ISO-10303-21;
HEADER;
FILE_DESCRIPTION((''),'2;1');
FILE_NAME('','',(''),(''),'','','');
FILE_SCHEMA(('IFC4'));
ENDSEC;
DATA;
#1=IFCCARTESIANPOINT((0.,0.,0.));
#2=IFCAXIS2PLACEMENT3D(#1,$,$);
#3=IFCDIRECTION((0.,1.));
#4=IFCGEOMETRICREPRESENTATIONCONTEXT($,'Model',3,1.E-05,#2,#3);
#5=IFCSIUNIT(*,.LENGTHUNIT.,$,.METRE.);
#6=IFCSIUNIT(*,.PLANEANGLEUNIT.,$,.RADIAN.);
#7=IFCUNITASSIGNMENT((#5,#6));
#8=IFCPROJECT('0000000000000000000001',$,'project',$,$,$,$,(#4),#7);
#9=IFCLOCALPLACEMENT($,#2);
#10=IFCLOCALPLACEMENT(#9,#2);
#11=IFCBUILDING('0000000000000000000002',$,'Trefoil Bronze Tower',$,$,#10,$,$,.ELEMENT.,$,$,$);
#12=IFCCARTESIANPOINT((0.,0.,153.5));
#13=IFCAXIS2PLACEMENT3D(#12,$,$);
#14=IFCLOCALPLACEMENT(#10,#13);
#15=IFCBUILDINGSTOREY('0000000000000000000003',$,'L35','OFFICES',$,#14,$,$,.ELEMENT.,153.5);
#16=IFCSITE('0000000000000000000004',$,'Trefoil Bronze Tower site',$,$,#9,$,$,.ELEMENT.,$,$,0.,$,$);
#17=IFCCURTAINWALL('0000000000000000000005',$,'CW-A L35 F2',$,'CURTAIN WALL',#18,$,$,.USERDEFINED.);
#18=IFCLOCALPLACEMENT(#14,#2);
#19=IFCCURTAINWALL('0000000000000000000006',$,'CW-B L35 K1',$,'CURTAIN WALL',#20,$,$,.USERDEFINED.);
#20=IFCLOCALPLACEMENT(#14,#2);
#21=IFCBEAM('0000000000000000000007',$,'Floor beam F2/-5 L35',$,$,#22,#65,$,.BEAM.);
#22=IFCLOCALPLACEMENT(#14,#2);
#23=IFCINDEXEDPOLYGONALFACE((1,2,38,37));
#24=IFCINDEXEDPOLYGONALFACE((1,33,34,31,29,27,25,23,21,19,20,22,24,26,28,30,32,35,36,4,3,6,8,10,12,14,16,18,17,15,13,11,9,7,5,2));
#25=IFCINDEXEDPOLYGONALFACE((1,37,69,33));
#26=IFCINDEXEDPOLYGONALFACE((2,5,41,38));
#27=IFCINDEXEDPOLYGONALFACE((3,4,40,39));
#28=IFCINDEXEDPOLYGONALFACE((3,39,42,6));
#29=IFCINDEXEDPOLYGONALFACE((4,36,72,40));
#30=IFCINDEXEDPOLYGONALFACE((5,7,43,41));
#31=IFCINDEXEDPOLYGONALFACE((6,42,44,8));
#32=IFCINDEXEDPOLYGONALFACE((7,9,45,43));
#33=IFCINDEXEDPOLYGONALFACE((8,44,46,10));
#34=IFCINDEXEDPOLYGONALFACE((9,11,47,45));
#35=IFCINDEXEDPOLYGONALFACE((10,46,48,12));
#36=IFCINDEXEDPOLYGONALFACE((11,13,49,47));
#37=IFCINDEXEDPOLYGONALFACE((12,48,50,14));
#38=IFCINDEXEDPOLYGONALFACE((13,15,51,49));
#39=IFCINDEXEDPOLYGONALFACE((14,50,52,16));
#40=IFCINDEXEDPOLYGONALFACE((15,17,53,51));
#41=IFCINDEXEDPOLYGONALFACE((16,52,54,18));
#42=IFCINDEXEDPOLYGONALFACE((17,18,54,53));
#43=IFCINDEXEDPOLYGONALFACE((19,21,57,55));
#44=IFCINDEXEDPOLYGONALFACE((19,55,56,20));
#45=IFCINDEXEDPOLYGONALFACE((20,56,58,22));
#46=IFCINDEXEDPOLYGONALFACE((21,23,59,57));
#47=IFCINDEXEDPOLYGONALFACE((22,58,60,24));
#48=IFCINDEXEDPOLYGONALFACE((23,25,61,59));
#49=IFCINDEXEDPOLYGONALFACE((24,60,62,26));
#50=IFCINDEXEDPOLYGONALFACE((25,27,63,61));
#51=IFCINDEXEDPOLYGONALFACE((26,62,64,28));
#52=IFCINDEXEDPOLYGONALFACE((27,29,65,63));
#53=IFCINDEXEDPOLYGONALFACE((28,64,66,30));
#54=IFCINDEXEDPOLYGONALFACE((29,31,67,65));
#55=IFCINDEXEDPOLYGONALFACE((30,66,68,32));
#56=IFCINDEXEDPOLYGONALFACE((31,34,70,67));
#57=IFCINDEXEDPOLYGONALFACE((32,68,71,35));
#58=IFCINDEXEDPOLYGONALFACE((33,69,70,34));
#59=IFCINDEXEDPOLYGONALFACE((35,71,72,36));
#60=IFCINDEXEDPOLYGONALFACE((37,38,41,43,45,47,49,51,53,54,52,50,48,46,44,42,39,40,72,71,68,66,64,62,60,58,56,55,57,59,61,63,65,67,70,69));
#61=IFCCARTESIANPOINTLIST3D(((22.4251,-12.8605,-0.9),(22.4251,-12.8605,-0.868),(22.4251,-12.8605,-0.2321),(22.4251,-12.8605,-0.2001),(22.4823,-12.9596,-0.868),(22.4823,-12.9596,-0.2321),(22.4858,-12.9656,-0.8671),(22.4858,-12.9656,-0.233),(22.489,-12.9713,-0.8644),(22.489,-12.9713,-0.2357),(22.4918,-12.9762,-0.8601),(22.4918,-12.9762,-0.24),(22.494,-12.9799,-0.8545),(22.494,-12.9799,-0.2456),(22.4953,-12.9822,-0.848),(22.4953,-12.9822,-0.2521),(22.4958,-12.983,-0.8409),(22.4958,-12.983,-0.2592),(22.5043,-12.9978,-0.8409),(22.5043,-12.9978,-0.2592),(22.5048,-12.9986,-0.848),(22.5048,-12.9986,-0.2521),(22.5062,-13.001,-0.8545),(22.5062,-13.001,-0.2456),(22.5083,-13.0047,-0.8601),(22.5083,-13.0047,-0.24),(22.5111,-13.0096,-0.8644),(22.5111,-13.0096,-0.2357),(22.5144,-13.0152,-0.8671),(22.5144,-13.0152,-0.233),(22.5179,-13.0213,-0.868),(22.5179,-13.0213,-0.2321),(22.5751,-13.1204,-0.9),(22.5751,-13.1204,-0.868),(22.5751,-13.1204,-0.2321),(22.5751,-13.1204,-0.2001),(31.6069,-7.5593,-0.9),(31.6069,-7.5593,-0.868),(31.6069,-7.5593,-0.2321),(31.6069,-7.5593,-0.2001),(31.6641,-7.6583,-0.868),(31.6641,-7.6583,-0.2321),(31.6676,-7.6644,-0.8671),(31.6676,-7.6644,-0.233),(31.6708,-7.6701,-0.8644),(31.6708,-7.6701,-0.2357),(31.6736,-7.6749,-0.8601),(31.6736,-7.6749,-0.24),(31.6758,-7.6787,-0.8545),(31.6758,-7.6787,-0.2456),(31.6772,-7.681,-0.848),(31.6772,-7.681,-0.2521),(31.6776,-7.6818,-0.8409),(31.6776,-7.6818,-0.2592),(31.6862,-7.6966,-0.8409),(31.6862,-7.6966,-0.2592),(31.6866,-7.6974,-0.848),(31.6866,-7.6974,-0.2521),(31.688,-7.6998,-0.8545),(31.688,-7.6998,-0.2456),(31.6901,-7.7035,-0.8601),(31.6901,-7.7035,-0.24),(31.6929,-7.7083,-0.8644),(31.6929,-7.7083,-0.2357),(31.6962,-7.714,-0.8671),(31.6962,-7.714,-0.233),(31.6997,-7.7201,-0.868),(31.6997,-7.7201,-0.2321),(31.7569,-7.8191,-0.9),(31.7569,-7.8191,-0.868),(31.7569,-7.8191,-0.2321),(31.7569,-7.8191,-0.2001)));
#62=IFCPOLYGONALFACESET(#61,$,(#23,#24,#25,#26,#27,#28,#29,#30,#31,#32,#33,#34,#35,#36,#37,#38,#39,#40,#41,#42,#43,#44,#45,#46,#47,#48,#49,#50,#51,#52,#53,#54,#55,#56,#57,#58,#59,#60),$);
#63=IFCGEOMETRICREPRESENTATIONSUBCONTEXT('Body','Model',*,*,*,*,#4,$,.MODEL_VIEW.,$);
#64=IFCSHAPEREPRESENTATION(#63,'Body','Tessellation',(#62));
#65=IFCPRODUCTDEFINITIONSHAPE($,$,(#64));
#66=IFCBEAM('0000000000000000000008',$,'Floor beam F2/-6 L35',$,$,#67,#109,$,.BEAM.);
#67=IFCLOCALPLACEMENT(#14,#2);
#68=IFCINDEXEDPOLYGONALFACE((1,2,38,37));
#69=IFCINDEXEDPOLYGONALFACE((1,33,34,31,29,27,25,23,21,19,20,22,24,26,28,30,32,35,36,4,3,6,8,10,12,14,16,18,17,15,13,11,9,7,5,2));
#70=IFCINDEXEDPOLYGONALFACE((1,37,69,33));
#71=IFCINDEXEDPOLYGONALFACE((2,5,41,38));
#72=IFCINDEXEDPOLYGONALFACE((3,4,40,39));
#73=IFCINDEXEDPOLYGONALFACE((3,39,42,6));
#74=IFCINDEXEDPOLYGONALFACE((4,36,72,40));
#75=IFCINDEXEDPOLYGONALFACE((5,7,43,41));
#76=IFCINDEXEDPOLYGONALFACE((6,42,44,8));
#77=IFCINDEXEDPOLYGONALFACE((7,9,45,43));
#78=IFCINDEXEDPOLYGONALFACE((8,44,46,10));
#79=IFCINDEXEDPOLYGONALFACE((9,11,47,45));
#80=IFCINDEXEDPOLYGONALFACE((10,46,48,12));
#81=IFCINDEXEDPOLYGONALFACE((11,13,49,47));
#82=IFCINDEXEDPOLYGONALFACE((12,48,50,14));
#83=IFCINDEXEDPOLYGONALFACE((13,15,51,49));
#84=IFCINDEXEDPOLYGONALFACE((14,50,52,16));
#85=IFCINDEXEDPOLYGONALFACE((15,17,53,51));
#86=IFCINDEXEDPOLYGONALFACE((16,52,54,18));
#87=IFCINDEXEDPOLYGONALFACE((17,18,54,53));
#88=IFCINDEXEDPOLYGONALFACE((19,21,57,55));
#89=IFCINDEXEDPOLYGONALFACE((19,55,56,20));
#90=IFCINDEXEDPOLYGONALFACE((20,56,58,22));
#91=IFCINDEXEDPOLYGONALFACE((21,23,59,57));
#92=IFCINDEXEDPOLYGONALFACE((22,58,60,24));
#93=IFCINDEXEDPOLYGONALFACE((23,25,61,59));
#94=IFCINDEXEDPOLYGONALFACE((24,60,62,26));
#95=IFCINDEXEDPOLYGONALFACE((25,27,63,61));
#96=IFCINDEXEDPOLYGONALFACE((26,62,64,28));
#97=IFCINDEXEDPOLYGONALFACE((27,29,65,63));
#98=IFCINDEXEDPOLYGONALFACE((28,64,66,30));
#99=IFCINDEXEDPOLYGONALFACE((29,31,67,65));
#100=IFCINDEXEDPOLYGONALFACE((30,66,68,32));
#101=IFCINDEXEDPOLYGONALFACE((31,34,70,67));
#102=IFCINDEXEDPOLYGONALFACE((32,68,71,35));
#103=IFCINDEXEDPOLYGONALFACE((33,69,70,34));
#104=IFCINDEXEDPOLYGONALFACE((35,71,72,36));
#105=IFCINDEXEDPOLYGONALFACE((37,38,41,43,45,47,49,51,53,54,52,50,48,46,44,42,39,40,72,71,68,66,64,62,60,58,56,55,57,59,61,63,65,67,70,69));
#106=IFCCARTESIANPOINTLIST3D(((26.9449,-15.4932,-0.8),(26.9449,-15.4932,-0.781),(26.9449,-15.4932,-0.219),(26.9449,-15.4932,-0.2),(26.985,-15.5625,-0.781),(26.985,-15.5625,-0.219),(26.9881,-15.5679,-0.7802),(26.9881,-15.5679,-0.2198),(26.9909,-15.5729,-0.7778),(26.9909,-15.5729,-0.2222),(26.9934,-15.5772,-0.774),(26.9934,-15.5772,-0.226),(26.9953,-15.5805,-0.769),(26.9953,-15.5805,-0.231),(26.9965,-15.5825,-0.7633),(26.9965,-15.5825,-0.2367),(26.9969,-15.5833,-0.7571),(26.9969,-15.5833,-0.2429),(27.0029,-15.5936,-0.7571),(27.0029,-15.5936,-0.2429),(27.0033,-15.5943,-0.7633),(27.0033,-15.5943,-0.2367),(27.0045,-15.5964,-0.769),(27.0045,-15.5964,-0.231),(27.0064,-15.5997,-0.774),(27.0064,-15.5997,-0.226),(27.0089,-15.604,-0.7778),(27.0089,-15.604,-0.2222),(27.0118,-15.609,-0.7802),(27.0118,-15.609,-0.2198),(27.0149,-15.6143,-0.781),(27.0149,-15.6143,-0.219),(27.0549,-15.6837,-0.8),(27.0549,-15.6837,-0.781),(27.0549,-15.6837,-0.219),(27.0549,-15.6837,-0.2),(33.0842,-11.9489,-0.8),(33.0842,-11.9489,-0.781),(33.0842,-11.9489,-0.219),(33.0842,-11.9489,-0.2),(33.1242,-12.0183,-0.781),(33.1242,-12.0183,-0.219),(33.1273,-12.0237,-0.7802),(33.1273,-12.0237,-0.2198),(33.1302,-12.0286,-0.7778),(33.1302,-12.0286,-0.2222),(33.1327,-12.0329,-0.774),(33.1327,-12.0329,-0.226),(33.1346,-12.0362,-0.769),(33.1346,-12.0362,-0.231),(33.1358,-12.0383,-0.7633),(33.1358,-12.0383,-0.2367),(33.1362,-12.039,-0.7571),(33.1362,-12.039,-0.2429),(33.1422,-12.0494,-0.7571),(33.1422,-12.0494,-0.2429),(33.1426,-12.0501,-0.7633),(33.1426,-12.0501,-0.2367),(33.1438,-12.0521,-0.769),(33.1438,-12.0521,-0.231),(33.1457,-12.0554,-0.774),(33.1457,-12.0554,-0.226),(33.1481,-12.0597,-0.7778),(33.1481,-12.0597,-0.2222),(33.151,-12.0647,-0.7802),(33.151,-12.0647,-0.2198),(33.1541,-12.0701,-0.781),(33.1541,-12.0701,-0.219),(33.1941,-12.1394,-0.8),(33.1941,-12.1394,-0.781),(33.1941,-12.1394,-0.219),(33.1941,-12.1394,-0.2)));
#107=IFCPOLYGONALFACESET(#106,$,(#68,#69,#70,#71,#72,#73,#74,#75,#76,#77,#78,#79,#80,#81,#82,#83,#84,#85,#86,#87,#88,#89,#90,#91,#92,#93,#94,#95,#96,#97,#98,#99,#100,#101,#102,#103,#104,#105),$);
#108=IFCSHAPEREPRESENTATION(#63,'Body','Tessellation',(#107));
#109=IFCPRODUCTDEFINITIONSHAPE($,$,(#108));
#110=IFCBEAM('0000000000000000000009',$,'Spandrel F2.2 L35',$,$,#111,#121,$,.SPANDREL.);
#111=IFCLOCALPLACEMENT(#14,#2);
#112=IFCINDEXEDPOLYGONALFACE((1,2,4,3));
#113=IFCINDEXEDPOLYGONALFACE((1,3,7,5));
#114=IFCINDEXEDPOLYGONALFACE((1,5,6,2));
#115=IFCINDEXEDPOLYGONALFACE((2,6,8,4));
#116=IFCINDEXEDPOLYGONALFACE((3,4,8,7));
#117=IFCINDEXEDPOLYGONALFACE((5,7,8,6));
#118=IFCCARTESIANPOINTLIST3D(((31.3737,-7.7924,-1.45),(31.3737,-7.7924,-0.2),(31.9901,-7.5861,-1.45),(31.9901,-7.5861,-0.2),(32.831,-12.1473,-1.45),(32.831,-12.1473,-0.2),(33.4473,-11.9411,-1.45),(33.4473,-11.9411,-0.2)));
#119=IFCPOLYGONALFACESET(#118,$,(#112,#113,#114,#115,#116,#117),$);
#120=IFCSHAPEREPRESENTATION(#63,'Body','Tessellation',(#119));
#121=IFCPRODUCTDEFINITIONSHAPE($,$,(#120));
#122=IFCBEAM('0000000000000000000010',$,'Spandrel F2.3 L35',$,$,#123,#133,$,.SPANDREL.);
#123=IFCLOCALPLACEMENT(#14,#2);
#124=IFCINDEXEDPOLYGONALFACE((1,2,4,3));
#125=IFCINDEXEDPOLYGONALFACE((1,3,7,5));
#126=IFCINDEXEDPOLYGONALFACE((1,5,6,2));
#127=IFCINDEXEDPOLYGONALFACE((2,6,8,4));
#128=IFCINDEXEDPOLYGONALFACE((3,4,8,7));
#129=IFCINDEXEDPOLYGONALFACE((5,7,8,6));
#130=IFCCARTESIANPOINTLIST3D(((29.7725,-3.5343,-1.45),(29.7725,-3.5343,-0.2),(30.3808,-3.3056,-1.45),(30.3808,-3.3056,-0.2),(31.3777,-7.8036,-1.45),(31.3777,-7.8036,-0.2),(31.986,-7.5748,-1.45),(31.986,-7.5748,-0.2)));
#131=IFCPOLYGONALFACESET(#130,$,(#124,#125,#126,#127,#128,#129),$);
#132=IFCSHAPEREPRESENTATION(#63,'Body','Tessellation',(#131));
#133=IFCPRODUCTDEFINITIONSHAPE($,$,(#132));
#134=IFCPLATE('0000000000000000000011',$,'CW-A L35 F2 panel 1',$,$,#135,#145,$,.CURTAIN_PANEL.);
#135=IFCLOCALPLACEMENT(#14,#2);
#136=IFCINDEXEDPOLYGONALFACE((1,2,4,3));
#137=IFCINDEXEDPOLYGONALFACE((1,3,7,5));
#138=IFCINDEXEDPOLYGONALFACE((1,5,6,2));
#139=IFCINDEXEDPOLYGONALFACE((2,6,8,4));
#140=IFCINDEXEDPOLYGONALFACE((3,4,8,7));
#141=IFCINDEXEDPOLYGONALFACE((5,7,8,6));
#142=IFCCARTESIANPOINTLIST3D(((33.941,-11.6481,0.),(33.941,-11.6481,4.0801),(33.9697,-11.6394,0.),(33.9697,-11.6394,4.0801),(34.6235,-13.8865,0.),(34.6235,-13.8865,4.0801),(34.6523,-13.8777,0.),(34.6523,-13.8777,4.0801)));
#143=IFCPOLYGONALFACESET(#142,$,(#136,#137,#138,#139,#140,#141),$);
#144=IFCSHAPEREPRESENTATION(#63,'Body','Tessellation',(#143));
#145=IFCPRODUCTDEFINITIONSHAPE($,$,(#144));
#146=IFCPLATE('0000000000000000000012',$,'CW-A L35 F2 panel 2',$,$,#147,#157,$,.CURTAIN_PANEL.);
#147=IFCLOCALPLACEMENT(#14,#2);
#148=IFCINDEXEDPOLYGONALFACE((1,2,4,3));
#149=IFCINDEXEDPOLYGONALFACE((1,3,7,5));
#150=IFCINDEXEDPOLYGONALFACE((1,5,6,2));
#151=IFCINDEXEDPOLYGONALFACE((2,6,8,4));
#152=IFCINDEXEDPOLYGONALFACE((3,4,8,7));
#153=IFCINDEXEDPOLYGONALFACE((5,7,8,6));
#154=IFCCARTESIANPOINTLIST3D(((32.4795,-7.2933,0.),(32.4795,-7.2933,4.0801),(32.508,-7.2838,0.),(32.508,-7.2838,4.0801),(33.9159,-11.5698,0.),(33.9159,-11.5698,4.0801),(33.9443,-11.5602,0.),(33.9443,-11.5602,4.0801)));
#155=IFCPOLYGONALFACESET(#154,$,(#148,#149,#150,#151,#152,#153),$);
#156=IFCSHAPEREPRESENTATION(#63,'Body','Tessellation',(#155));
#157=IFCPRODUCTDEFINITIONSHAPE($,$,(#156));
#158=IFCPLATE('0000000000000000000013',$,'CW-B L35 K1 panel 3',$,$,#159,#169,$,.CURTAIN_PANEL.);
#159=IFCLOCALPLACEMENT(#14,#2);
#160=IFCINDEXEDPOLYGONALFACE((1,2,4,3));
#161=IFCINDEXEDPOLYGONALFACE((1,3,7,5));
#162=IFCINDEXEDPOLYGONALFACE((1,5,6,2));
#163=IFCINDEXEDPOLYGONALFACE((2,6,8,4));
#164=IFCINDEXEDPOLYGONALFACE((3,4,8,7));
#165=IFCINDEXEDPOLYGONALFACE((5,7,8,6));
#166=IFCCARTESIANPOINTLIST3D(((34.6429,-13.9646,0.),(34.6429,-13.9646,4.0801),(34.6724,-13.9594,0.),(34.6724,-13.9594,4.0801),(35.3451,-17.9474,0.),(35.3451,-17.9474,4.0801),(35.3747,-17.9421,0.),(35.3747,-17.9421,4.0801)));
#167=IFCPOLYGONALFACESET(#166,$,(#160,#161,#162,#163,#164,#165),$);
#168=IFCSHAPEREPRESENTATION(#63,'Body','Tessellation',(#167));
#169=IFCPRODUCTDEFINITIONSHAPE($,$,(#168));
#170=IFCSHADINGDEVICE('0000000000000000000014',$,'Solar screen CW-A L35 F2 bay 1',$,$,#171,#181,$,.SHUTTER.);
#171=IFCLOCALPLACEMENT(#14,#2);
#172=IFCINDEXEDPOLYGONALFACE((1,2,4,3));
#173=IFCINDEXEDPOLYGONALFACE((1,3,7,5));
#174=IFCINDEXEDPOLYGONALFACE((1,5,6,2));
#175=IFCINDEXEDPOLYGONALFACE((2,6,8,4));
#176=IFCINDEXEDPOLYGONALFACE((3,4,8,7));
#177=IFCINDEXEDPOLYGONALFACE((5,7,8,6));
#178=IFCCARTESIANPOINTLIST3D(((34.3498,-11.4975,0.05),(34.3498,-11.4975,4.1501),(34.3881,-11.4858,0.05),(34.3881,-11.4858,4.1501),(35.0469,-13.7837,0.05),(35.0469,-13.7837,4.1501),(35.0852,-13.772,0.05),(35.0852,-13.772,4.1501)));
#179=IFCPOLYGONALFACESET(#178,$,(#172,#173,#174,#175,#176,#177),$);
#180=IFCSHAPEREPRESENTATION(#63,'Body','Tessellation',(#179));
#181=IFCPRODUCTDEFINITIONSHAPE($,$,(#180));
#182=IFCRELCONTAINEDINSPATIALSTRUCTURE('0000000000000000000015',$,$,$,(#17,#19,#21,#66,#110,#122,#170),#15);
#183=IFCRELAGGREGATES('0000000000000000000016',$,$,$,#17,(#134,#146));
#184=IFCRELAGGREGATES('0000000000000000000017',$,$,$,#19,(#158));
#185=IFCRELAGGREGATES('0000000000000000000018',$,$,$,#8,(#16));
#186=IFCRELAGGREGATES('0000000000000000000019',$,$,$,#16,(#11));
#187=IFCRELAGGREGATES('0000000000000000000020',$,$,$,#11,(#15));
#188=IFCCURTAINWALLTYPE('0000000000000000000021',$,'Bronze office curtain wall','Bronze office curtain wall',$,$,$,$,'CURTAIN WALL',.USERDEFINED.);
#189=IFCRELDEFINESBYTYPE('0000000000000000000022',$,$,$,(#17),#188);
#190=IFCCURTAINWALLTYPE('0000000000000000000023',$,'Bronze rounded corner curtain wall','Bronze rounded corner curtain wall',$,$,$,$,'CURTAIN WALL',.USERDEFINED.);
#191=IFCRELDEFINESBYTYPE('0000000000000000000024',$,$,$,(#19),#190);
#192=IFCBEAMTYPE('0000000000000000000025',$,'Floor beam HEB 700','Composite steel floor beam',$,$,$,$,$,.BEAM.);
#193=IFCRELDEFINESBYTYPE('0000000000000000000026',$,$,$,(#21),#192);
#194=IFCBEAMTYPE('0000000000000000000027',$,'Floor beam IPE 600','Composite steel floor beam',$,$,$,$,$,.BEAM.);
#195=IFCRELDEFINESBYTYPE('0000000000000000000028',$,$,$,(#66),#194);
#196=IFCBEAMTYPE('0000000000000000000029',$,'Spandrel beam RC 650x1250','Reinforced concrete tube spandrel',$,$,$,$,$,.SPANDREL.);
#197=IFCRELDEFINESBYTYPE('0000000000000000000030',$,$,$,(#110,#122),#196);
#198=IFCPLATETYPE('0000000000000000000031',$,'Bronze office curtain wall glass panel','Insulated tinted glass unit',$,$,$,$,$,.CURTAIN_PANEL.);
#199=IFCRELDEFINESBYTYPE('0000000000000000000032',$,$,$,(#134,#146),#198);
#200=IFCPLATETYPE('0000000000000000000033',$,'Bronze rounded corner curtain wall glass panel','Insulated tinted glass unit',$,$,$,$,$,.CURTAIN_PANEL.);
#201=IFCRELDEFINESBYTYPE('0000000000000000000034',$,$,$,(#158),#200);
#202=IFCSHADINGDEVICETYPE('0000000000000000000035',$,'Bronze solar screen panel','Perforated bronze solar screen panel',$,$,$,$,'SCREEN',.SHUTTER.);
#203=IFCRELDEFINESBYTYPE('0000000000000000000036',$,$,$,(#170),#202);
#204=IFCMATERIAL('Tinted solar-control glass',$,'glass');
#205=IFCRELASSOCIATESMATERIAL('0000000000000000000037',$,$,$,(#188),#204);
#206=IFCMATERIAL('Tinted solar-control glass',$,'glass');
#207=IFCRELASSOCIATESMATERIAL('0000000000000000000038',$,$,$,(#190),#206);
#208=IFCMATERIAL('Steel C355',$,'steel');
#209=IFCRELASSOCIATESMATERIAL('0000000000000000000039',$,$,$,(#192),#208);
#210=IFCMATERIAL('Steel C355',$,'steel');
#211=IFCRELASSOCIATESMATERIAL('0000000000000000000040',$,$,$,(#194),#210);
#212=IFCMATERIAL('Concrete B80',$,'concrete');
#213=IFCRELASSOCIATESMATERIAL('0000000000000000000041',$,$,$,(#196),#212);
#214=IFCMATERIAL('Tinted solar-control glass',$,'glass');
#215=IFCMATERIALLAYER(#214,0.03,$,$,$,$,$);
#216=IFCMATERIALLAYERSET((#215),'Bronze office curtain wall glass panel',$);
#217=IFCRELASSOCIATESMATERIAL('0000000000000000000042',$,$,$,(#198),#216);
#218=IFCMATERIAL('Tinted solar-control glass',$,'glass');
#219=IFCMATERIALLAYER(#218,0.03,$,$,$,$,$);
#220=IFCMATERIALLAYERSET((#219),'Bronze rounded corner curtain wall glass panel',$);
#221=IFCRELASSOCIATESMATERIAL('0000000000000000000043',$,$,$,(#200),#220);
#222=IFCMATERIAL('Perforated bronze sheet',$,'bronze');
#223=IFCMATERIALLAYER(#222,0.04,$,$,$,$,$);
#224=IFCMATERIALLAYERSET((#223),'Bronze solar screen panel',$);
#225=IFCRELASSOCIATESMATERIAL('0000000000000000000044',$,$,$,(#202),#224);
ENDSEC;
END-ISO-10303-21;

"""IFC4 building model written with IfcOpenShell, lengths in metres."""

from ifc_helpers import new_model, si_unit, direction, frame, origin, origin_2d, place, context, subcontext, project, spatial, rectangle, i_section, extrude, material, layer, layer_set, material_profile, profile_set, type_object, element, aggregate, save


model = new_model("IFC4")

# Units and contexts
model_context = context("Model", 3, precision=1e-05, world=origin(), true_north=direction((0.0, 1.0)))
body_context = subcontext(model_context, "Body", "Model", "MODEL_VIEW")
ifc_project = project(units=[si_unit("LENGTHUNIT", "METRE"), si_unit("PLANEANGLEUNIT", "RADIAN")], contexts=[model_context])

# Site, building, storey
site_placement = place(None, origin())
site = spatial("IfcSite", under=ifc_project, at=site_placement, Name="Trefoil Bronze Tower site", CompositionType="ELEMENT", RefElevation=0.0)
building_placement = place(site_placement, origin())
building = spatial("IfcBuilding", under=site, at=building_placement, Name="Trefoil Bronze Tower", CompositionType="ELEMENT")
storey_placement = place(building_placement, frame((0.0, 0.0, 153.5)))
storey = spatial("IfcBuildingStorey", under=building, at=storey_placement, Name="L35", Description="OFFICES", CompositionType="ELEMENT", Elevation=153.5)

# Curtain wall
ifc_material_1 = material(Name="Tinted solar-control glass", Category="glass")
curtain_wall_type_1 = type_object("IfcCurtainWallType", Name="Bronze office curtain wall", Description="Bronze office curtain wall", ElementType="CURTAIN WALL", PredefinedType="USERDEFINED", material=ifc_material_1)
curtain_wall_1_placement = place(storey_placement, origin())
curtain_wall_1 = element("IfcCurtainWall", 1, at=curtain_wall_1_placement, inside=storey, type_object=curtain_wall_type_1, Name="CW-A L35 F2", ObjectType="CURTAIN WALL", PredefinedType="USERDEFINED")

# Curtain wall
ifc_material_2 = material(Name="Tinted solar-control glass", Category="glass")
curtain_wall_type_2 = type_object("IfcCurtainWallType", Name="Bronze rounded corner curtain wall", Description="Bronze rounded corner curtain wall", ElementType="CURTAIN WALL", PredefinedType="USERDEFINED", material=ifc_material_2)
curtain_wall_2_placement = place(storey_placement, origin())
curtain_wall_2 = element("IfcCurtainWall", 2, at=curtain_wall_2_placement, inside=storey, type_object=curtain_wall_type_2, Name="CW-B L35 K1", ObjectType="CURTAIN WALL", PredefinedType="USERDEFINED")

# Beams
ifc_material_3 = material(Name="Steel C355", Category="steel")
ifc_material_profile_1 = material_profile(ifc_material_3, i_section(OverallWidth=0.3, OverallDepth=0.7, WebThickness=0.0171, FlangeThickness=0.032, FilletRadius=0.0271, at=origin_2d()), Name="HEB 700")
ifc_profile_set_1 = profile_set([ifc_material_profile_1], Name="Steel C355")
beam_type_1 = type_object("IfcBeamType", Name="Floor beam HEB 700", Description="Composite steel floor beam", PredefinedType="BEAM", material=ifc_profile_set_1)
beam_1_placement = place(storey_placement, frame((31.6819, -7.6892, -0.55), z_axis=(-0.866021, -0.500007, 0.0), x_axis=(0.500007, -0.866021, 0.0)))
element("IfcBeam", 3, at=beam_1_placement, inside=storey, type_object=beam_type_1, Name="Floor beam F2/-5 L35", PredefinedType="BEAM", context=body_context, shape_type="SweptSolid", body=[
    extrude(i_section(OverallWidth=0.3, OverallDepth=0.7, WebThickness=0.0171, FlangeThickness=0.032, FilletRadius=0.0271, at=origin_2d()), origin(), (0.0, 0.0, 1.0), 10.6023),
])
ifc_material_4 = material(Name="Steel C355", Category="steel")
ifc_material_profile_2 = material_profile(ifc_material_4, i_section(OverallWidth=0.22, OverallDepth=0.6001, WebThickness=0.012, FlangeThickness=0.019, FilletRadius=0.0239, at=origin_2d()), Name="IPE 600")
ifc_profile_set_2 = profile_set([ifc_material_profile_2], Name="Steel C355")
beam_type_2 = type_object("IfcBeamType", Name="Floor beam IPE 600", Description="Composite steel floor beam", PredefinedType="BEAM", material=ifc_profile_set_2)
beam_2_placement = place(storey_placement, frame((33.1392, -12.0442, -0.5), z_axis=(-0.866041, -0.499973, 0.0), x_axis=(0.499973, -0.866041, 0.0)))
element("IfcBeam", 4, at=beam_2_placement, inside=storey, type_object=beam_type_2, Name="Floor beam F2/-6 L35", PredefinedType="BEAM", context=body_context, shape_type="SweptSolid", body=[
    extrude(i_section(OverallWidth=0.22, OverallDepth=0.6001, WebThickness=0.012, FlangeThickness=0.019, FilletRadius=0.0239, at=origin_2d()), origin(), (0.0, 0.0, 1.0), 7.0889),
])
ifc_material_5 = material(Name="Concrete B80", Category="concrete")
ifc_material_profile_3 = material_profile(ifc_material_5, rectangle(XDim=0.6499, YDim=1.25, at=origin_2d()), Name="RC 650x1250")
ifc_profile_set_3 = profile_set([ifc_material_profile_3], Name="Concrete B80")
beam_type_3 = type_object("IfcBeamType", Name="Spandrel beam RC 650x1250", Description="Reinforced concrete tube spandrel", PredefinedType="SPANDREL", material=ifc_profile_set_3)
beam_3_placement = place(storey_placement, frame((33.1392, -12.0442, -0.825), z_axis=(-0.317328, 0.948316, 0.0), x_axis=(-0.948316, -0.317328, 0.0)))
element("IfcBeam", 5, at=beam_3_placement, inside=storey, type_object=beam_type_3, Name="Spandrel F2.2 L35", PredefinedType="SPANDREL", context=body_context, shape_type="SweptSolid", body=[
    extrude(rectangle(XDim=0.6499, YDim=1.25, at=origin_2d()), origin(), (0.0, 0.0, 1.0), 4.5923),
])
beam_4_placement = place(storey_placement, frame((31.6819, -7.6892, -0.825), z_axis=(-0.351939, 0.936023, 0.0), x_axis=(-0.936023, -0.351939, 0.0)))
element("IfcBeam", 6, at=beam_4_placement, inside=storey, type_object=beam_type_3, Name="Spandrel F2.3 L35", PredefinedType="SPANDREL", context=body_context, shape_type="SweptSolid", body=[
    extrude(rectangle(XDim=0.6499, YDim=1.25, at=origin_2d()), origin(), (0.0, 0.0, 1.0), 4.561),
])

# Plates
ifc_material_6 = material(Name="Tinted solar-control glass", Category="glass")
ifc_layer_1 = layer(ifc_material_6, 0.03)
ifc_layer_set_1 = layer_set([ifc_layer_1], Name="Bronze office curtain wall glass panel")
plate_type_1 = type_object("IfcPlateType", Name="Bronze office curtain wall glass panel", Description="Insulated tinted glass unit", PredefinedType="CURTAIN_PANEL", material=ifc_layer_set_1)
plate_1_placement = place(storey_placement, frame((34.2966, -12.7629, 0.0), z_axis=(0.0, 0.0, 1.0), x_axis=(-0.291669, 0.956519, 0.0)))
plate_1 = element("IfcPlate", 7, at=plate_1_placement, type_object=plate_type_1, Name="CW-A L35 F2 panel 1", PredefinedType="CURTAIN_PANEL", context=body_context, shape_type="SweptSolid", body=[
    extrude(rectangle(XDim=2.3401, YDim=0.03, at=origin_2d()), origin(), (0.0, 0.0, 1.0), 4.0801),
])
plate_2_placement = place(storey_placement, frame((33.2119, -9.4268, 0.0), z_axis=(0.0, 0.0, 1.0), x_axis=(-0.318404, 0.947955, 0.0)))
plate_2 = element("IfcPlate", 8, at=plate_2_placement, type_object=plate_type_1, Name="CW-A L35 F2 panel 2", PredefinedType="CURTAIN_PANEL", context=body_context, shape_type="SweptSolid", body=[
    extrude(rectangle(XDim=4.5112, YDim=0.03, at=origin_2d()), origin(), (0.0, 0.0, 1.0), 4.0801),
])
aggregate(curtain_wall_1, [plate_1, plate_2])
ifc_material_7 = material(Name="Tinted solar-control glass", Category="glass")
ifc_layer_2 = layer(ifc_material_7, 0.03)
ifc_layer_set_2 = layer_set([ifc_layer_2], Name="Bronze rounded corner curtain wall glass panel")
plate_type_2 = type_object("IfcPlateType", Name="Bronze rounded corner curtain wall glass panel", Description="Insulated tinted glass unit", PredefinedType="CURTAIN_PANEL", material=ifc_layer_set_2)
plate_3_placement = place(storey_placement, frame((35.0088, -15.9534, 0.0), z_axis=(0.0, 0.0, 1.0), x_axis=(-0.173648, 0.984808, 0.0)))
plate_3 = element("IfcPlate", 9, at=plate_3_placement, type_object=plate_type_2, Name="CW-B L35 K1 panel 3", PredefinedType="CURTAIN_PANEL", context=body_context, shape_type="SweptSolid", body=[
    extrude(rectangle(XDim=4.0442, YDim=0.03, at=origin_2d()), origin(), (0.0, 0.0, 1.0), 4.0801),
])
aggregate(curtain_wall_2, [plate_3])

# Shading device
ifc_material_8 = material(Name="Perforated bronze sheet", Category="bronze")
ifc_layer_3 = layer(ifc_material_8, 0.04)
ifc_layer_set_3 = layer_set([ifc_layer_3], Name="Bronze solar screen panel")
shading_device_type = type_object("IfcShadingDeviceType", Name="Bronze solar screen panel", Description="Perforated bronze solar screen panel", ElementType="SCREEN", PredefinedType="SHUTTER", material=ifc_layer_set_3)
shading_device_1_placement = place(storey_placement, frame((34.7175, -12.6348, 0.05), z_axis=(0.0, 0.0, 1.0), x_axis=(-0.291669, 0.956519, 0.0)))
element("IfcShadingDevice", 10, at=shading_device_1_placement, inside=storey, type_object=shading_device_type, Name="Solar screen CW-A L35 F2 bay 1", PredefinedType="SHUTTER", context=body_context, shape_type="SweptSolid", body=[
    extrude(rectangle(XDim=2.3901, YDim=0.04, at=origin_2d()), origin(), (0.0, 0.0, 1.0), 4.1001),
])

save(model, "model.ifc")
